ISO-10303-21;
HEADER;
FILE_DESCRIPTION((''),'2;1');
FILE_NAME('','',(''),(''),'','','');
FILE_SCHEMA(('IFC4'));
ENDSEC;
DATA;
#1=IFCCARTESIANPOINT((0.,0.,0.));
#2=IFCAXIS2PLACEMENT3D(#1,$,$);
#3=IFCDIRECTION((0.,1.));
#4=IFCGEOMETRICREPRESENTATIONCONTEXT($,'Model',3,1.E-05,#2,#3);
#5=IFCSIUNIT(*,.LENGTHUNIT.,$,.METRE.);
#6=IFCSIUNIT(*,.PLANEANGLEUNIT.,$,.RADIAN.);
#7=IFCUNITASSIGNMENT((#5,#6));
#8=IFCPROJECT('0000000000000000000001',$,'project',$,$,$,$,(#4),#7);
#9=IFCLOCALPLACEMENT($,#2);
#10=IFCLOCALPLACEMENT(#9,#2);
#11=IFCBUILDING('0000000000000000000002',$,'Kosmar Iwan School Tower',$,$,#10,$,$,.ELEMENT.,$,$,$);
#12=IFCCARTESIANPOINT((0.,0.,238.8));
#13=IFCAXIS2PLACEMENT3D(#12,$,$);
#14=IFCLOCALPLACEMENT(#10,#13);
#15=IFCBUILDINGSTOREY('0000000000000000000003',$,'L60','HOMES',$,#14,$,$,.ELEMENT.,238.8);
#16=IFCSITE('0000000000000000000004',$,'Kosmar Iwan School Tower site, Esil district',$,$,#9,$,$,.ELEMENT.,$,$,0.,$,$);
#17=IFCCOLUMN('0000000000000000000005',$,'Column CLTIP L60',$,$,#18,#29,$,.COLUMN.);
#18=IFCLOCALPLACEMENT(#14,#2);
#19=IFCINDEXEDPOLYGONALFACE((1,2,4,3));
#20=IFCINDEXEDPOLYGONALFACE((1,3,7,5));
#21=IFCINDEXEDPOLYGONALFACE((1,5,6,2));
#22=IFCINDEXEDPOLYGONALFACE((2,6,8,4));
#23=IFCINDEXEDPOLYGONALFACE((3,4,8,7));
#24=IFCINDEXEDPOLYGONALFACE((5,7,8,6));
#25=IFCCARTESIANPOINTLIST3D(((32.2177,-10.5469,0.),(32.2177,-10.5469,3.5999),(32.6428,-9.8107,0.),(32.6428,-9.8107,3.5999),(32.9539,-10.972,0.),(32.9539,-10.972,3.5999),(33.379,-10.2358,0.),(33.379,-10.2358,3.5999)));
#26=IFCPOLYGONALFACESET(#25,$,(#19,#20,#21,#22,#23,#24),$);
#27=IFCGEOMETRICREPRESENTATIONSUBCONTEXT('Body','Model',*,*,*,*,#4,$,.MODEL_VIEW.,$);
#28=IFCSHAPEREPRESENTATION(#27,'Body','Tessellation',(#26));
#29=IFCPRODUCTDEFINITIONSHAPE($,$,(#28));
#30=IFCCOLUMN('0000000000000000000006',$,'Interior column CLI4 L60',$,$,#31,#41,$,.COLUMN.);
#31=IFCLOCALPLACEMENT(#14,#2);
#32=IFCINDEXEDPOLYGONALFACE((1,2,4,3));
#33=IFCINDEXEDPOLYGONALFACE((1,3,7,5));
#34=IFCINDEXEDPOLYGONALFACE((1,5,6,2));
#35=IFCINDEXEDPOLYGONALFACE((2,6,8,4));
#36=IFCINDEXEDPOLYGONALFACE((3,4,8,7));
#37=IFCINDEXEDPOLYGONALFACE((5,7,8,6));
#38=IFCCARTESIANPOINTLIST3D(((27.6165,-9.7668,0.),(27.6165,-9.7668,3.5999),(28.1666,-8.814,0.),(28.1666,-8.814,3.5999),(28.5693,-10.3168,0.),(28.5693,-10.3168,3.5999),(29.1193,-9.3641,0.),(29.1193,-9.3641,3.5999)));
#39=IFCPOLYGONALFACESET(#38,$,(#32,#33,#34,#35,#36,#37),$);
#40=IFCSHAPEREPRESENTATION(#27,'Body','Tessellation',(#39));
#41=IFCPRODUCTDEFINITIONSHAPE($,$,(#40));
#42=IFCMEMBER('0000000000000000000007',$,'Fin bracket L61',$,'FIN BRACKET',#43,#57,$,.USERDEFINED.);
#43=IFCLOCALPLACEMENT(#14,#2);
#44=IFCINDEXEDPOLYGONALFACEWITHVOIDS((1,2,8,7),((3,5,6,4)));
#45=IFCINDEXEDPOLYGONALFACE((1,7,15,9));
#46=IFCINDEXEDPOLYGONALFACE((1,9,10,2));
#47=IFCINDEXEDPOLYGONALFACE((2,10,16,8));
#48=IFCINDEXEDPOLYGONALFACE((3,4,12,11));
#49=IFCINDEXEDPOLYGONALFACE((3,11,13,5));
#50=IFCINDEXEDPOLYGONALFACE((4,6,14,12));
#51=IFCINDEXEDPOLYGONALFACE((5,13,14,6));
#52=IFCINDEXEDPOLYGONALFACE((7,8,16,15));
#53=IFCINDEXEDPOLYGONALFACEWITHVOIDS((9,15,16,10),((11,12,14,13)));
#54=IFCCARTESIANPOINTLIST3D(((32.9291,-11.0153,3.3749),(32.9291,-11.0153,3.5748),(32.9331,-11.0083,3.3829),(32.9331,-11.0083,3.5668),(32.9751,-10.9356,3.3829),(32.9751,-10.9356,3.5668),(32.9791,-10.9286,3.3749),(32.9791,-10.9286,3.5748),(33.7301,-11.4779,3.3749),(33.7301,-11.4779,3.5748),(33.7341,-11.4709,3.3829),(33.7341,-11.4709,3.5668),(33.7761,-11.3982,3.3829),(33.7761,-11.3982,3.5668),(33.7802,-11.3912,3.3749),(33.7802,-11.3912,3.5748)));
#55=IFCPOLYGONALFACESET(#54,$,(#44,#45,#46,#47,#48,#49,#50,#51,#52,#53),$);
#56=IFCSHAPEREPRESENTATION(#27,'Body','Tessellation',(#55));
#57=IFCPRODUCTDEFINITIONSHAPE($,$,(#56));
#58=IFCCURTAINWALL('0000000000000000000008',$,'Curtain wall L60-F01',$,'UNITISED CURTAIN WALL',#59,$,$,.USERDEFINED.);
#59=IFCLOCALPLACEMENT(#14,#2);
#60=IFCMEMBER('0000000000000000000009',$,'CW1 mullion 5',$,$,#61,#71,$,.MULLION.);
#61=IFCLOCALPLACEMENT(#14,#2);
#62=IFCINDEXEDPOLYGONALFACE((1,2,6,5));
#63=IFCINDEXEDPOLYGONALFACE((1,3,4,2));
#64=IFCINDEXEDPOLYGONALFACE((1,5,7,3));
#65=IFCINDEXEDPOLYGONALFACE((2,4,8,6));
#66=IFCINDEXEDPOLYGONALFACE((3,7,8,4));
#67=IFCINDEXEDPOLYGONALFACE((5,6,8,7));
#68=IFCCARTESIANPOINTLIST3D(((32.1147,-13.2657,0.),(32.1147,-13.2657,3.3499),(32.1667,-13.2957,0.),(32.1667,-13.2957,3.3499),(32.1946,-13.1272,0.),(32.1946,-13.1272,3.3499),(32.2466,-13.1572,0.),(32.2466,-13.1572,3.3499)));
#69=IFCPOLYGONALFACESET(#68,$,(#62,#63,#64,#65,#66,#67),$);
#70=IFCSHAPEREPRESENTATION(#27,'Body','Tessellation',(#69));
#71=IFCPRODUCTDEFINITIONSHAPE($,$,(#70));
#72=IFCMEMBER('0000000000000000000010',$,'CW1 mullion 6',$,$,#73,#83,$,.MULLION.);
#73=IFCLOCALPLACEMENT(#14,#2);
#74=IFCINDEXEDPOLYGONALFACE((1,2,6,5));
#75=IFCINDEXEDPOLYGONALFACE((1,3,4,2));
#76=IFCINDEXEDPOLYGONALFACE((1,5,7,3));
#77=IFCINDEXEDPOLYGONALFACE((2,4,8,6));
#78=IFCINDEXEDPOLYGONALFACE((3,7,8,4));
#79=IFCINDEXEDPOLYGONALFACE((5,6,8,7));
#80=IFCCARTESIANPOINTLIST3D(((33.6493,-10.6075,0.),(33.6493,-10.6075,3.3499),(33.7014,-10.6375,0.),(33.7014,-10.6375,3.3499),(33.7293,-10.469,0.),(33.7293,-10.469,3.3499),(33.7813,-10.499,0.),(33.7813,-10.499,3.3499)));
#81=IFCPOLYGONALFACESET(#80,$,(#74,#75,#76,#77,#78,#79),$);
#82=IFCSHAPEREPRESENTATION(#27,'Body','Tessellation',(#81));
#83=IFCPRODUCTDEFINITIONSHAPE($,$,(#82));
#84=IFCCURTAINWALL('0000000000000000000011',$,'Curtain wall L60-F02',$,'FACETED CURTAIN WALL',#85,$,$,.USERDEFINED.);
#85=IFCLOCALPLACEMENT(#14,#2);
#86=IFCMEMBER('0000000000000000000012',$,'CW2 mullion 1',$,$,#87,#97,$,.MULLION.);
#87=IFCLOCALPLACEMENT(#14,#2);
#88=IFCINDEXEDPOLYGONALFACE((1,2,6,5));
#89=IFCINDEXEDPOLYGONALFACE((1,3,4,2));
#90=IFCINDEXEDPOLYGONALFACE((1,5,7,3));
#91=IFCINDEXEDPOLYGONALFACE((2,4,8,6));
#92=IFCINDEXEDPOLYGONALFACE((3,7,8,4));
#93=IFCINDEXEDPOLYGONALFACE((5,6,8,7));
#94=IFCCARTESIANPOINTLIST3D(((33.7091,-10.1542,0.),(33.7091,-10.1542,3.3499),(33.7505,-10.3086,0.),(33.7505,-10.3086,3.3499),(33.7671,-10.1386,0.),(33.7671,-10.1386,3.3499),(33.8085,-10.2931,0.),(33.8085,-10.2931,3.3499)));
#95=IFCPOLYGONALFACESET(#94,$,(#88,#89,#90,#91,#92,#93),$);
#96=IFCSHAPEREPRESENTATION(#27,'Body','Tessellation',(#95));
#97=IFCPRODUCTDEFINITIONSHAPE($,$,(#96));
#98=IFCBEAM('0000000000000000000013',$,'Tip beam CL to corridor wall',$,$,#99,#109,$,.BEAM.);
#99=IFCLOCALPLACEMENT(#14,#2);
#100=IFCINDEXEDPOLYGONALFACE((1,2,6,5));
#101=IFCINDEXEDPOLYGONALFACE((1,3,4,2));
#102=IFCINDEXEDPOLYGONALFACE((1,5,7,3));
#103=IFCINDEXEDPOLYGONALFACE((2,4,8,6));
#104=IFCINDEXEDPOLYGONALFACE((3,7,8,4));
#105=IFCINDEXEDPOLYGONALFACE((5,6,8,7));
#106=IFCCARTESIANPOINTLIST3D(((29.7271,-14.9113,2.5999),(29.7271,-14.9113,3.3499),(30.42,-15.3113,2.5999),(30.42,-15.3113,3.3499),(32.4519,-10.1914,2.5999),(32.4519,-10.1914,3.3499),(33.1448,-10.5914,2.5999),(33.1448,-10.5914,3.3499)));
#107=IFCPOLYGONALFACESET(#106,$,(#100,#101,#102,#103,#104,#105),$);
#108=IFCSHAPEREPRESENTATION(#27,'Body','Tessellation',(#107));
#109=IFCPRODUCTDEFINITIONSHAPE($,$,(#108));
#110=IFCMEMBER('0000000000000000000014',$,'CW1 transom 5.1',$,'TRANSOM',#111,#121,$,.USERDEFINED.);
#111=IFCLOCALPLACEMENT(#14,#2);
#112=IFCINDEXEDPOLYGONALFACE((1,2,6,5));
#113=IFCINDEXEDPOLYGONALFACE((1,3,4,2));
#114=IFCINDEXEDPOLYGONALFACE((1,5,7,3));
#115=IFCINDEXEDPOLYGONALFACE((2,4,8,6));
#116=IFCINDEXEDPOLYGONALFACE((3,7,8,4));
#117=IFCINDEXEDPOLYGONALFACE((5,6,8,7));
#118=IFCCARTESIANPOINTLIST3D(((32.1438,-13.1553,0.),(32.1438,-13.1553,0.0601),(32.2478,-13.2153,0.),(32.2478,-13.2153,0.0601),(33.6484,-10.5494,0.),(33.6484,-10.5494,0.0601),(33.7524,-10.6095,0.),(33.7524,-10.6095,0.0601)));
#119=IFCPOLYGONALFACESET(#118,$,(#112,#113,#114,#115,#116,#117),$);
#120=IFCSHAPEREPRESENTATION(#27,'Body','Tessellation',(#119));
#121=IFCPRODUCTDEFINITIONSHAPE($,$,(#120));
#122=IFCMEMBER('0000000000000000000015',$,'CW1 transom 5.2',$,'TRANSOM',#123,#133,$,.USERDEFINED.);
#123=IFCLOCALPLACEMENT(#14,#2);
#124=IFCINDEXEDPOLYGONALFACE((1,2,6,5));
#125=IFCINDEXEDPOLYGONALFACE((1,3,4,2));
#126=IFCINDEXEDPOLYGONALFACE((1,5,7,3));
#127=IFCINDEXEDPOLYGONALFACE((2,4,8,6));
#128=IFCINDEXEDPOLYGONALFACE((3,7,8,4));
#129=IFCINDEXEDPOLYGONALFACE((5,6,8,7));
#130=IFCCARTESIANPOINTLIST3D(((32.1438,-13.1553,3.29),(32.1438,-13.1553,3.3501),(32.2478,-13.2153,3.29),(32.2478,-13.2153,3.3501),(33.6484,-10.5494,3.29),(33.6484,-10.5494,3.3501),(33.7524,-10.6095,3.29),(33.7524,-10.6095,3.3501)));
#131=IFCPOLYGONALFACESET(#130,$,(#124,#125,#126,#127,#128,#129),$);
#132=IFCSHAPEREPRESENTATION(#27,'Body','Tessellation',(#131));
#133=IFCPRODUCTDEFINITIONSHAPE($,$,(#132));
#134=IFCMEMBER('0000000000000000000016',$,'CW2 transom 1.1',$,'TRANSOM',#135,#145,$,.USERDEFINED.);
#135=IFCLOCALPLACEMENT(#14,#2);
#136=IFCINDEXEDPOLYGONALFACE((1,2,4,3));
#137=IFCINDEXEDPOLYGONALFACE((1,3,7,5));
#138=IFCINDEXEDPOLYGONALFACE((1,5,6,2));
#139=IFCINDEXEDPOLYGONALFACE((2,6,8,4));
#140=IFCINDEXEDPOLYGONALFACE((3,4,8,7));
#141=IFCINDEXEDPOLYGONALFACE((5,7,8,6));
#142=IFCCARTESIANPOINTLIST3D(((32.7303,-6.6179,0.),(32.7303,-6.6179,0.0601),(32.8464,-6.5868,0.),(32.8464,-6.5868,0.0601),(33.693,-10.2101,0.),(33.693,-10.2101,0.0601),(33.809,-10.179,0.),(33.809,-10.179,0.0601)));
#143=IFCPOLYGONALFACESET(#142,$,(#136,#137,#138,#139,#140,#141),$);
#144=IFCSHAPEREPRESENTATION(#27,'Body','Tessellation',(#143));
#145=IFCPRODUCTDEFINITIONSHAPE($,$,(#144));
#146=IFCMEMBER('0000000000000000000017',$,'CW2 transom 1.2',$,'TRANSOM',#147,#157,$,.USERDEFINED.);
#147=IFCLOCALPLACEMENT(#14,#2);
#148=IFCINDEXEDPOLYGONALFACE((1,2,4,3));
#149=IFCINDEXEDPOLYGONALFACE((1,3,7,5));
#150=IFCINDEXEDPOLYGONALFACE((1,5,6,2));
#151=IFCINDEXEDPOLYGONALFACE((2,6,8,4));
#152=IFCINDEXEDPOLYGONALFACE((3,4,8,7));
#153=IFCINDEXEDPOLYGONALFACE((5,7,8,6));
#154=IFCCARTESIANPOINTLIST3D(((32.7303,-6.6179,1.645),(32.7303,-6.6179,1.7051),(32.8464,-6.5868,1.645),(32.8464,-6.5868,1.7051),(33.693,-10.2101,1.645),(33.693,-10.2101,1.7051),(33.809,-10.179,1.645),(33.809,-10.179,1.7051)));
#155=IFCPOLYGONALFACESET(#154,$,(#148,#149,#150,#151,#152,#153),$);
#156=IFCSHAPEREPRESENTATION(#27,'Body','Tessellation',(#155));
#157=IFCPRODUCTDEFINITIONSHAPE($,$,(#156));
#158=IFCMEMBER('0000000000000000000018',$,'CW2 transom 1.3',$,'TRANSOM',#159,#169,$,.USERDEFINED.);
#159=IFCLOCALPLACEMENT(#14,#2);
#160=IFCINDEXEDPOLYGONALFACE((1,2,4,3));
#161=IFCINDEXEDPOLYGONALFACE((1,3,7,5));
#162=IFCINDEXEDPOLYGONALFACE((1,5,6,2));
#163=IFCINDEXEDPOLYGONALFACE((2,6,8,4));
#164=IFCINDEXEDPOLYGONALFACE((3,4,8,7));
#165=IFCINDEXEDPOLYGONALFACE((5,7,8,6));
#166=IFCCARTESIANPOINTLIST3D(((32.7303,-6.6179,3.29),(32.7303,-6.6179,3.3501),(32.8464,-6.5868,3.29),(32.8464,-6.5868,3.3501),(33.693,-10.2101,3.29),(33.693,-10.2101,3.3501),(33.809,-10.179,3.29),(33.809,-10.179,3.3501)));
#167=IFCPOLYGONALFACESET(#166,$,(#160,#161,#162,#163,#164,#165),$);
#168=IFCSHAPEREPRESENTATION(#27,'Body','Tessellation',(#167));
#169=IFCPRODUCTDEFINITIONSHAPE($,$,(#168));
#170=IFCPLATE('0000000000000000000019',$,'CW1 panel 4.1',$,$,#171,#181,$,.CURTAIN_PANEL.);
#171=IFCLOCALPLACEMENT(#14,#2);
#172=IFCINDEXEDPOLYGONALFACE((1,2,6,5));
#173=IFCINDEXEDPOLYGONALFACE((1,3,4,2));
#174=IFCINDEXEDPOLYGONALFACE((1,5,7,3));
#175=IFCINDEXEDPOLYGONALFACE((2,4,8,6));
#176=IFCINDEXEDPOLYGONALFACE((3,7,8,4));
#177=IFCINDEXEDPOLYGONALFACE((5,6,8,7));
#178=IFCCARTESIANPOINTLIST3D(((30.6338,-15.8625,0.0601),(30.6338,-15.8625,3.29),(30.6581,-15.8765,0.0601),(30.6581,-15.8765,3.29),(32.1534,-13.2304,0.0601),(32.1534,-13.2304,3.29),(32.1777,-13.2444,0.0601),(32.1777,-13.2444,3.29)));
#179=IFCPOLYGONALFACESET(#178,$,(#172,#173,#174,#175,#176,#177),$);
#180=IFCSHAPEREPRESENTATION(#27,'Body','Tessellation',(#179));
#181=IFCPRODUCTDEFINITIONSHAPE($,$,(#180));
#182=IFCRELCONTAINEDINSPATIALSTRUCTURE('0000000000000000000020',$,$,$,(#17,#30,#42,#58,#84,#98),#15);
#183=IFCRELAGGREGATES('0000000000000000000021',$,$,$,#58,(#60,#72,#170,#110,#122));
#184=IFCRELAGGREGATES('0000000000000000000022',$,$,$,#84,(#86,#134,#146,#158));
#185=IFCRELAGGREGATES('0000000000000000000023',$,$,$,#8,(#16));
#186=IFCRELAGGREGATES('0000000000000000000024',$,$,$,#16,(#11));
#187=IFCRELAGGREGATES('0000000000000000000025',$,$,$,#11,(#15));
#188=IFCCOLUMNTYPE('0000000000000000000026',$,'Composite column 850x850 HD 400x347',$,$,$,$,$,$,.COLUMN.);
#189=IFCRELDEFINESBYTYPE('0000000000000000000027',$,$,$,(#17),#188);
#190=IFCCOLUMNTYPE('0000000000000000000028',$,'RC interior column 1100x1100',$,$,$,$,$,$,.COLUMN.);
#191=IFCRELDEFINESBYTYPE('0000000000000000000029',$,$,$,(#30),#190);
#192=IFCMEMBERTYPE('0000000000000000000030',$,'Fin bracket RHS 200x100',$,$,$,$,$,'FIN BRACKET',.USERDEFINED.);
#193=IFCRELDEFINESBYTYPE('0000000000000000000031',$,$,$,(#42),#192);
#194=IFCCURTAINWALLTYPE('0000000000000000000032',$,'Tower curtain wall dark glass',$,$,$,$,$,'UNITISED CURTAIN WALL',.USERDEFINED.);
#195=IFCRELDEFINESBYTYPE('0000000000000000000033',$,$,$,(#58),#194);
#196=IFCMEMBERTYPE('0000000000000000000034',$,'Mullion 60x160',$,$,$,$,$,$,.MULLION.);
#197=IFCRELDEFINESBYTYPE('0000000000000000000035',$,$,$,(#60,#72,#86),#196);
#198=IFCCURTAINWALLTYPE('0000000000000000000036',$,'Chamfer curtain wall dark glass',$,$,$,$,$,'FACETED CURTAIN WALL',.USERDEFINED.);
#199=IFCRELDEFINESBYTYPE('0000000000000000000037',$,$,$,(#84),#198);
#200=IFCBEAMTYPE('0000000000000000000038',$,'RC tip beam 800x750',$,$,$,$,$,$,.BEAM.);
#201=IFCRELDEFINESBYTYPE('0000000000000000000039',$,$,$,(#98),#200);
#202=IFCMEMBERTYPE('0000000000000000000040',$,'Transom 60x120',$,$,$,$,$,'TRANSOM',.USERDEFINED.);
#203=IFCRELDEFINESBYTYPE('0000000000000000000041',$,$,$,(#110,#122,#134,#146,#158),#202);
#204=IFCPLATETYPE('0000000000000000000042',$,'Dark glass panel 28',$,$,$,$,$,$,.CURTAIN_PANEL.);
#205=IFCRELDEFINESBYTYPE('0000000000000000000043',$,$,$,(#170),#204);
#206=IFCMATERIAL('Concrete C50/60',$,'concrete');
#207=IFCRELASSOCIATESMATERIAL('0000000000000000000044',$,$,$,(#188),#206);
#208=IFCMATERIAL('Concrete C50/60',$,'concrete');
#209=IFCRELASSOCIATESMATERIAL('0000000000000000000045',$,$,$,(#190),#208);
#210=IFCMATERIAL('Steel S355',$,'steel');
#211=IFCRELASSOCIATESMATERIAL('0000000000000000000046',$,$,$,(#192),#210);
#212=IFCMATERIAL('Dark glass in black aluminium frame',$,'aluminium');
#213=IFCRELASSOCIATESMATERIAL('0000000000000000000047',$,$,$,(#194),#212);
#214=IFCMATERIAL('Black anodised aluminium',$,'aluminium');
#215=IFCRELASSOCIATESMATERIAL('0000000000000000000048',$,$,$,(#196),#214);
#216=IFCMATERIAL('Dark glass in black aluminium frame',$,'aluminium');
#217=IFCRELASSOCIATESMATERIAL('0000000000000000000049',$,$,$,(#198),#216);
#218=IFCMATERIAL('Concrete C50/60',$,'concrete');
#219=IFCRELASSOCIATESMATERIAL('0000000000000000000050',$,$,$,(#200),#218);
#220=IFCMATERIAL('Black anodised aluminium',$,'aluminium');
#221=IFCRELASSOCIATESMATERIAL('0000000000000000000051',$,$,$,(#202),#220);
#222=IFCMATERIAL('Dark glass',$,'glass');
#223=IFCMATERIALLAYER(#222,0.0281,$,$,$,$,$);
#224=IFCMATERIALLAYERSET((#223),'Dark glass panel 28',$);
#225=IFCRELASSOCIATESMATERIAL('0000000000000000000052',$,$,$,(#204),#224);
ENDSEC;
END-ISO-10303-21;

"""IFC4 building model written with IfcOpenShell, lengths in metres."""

from ifc_helpers import new_model, si_unit, direction, frame, origin, origin_2d, place, context, subcontext, project, spatial, rectangle, hollow_rectangle, extrude, material, layer, layer_set, material_profile, profile_set, type_object, element, aggregate, save


model = new_model("IFC4")

# Units and contexts
model_context = context("Model", 3, precision=1e-05, world=origin(), true_north=direction((0.0, 1.0)))
body_context = subcontext(model_context, "Body", "Model", "MODEL_VIEW")
ifc_project = project(units=[si_unit("LENGTHUNIT", "METRE"), si_unit("PLANEANGLEUNIT", "RADIAN")], contexts=[model_context])

# Site, building, storey
site_placement = place(None, origin())
site = spatial("IfcSite", under=ifc_project, at=site_placement, Name="Kosmar Iwan School Tower site, Esil district", CompositionType="ELEMENT", RefElevation=0.0)
building_placement = place(site_placement, origin())
building = spatial("IfcBuilding", under=site, at=building_placement, Name="Kosmar Iwan School Tower", CompositionType="ELEMENT")
storey_placement = place(building_placement, frame((0.0, 0.0, 238.8)))
storey = spatial("IfcBuildingStorey", under=building, at=storey_placement, Name="L60", Description="HOMES", CompositionType="ELEMENT", Elevation=238.8)

# Columns
ifc_material_1 = material(Name="Concrete C50/60", Category="concrete")
ifc_material_profile_1 = material_profile(ifc_material_1, rectangle(XDim=0.8501, YDim=0.8501, at=origin_2d()), Name="RC 850x850 + HD 400x347")
ifc_profile_set_1 = profile_set([ifc_material_profile_1], Name="Concrete C50/60")
column_type_1 = type_object("IfcColumnType", Name="Composite column 850x850 HD 400x347", PredefinedType="COLUMN", material=ifc_profile_set_1)
column_1_placement = place(storey_placement, frame((32.7983, -10.3914, 0.0), z_axis=(0.0, 0.0, 1.0), x_axis=(0.866025, -0.5, 0.0)))
element("IfcColumn", 1, at=column_1_placement, inside=storey, type_object=column_type_1, Name="Column CLTIP L60", PredefinedType="COLUMN", context=body_context, shape_type="SweptSolid", body=[
    extrude(rectangle(XDim=0.8501, YDim=0.8501, at=origin_2d()), origin(), (0.0, 0.0, 1.0), 3.5999),
])
ifc_material_2 = material(Name="Concrete C50/60", Category="concrete")
ifc_material_profile_2 = material_profile(ifc_material_2, rectangle(XDim=1.1001, YDim=1.1001, at=origin_2d()), Name="RC 1100x1100")
ifc_profile_set_2 = profile_set([ifc_material_profile_2], Name="Concrete C50/60")
column_type_2 = type_object("IfcColumnType", Name="RC interior column 1100x1100", PredefinedType="COLUMN", material=ifc_profile_set_2)
column_2_placement = place(storey_placement, frame((28.3679, -9.5654, 0.0), z_axis=(0.0, 0.0, 1.0), x_axis=(0.866025, -0.5, 0.0)))
element("IfcColumn", 2, at=column_2_placement, inside=storey, type_object=column_type_2, Name="Interior column CLI4 L60", PredefinedType="COLUMN", context=body_context, shape_type="SweptSolid", body=[
    extrude(rectangle(XDim=1.1001, YDim=1.1001, at=origin_2d()), origin(), (0.0, 0.0, 1.0), 3.5999),
])

# Member
ifc_material_3 = material(Name="Steel S355", Category="steel")
ifc_material_profile_3 = material_profile(ifc_material_3, hollow_rectangle(XDim=0.1001, YDim=0.2, WallThickness=0.0081, at=origin_2d()), Name="RHS 200x100x8")
ifc_profile_set_3 = profile_set([ifc_material_profile_3], Name="Steel S355")
member_type_1 = type_object("IfcMemberType", Name="Fin bracket RHS 200x100", ElementType="FIN BRACKET", PredefinedType="USERDEFINED", material=ifc_profile_set_3)
member_1_placement = place(storey_placement, frame((32.9541, -10.9719, 3.4749), z_axis=(0.865944, -0.500141, 0.0), x_axis=(0.500141, 0.865944, 0.0)))
element("IfcMember", 3, at=member_1_placement, inside=storey, type_object=member_type_1, Name="Fin bracket L61", ObjectType="FIN BRACKET", PredefinedType="USERDEFINED", context=body_context, shape_type="SweptSolid", body=[
    extrude(hollow_rectangle(XDim=0.1001, YDim=0.2, WallThickness=0.0081, at=origin_2d()), origin(), (0.0, 0.0, 1.0), 0.925),
])

# Curtain wall, members
ifc_material_4 = material(Name="Dark glass in black aluminium frame", Category="aluminium")
curtain_wall_type_1 = type_object("IfcCurtainWallType", Name="Tower curtain wall dark glass", ElementType="UNITISED CURTAIN WALL", PredefinedType="USERDEFINED", material=ifc_material_4)
curtain_wall_1_placement = place(storey_placement, origin())
curtain_wall_1 = element("IfcCurtainWall", 4, at=curtain_wall_1_placement, inside=storey, type_object=curtain_wall_type_1, Name="Curtain wall L60-F01", ObjectType="UNITISED CURTAIN WALL", PredefinedType="USERDEFINED")
ifc_material_5 = material(Name="Black anodised aluminium", Category="aluminium")
ifc_material_profile_4 = material_profile(ifc_material_5, rectangle(XDim=0.0601, YDim=0.1599, at=origin_2d()), Name="MULLION 60x160")
ifc_profile_set_4 = profile_set([ifc_material_profile_4], Name="Black anodised aluminium")
member_type_2 = type_object("IfcMemberType", Name="Mullion 60x160", PredefinedType="MULLION", material=ifc_profile_set_4)
member_2_placement = place(storey_placement, frame((32.1807, -13.2114, 0.0), z_axis=(0.0, 0.0, 1.0), x_axis=(-0.866025, 0.5, 0.0)))
member_2 = element("IfcMember", 5, at=member_2_placement, type_object=member_type_2, Name="CW1 mullion 5", PredefinedType="MULLION", context=body_context, shape_type="SweptSolid", body=[
    extrude(rectangle(XDim=0.0601, YDim=0.1599, at=origin_2d()), origin(), (0.0, 0.0, 1.0), 3.3499),
])
member_3_placement = place(storey_placement, frame((33.7153, -10.5532, 0.0), z_axis=(0.0, 0.0, 1.0), x_axis=(-0.866025, 0.5, 0.0)))
member_3 = element("IfcMember", 6, at=member_3_placement, type_object=member_type_2, Name="CW1 mullion 6", PredefinedType="MULLION", context=body_context, shape_type="SweptSolid", body=[
    extrude(rectangle(XDim=0.0601, YDim=0.1599, at=origin_2d()), origin(), (0.0, 0.0, 1.0), 3.3499),
])

# Curtain wall, member
ifc_material_6 = material(Name="Dark glass in black aluminium frame", Category="aluminium")
curtain_wall_type_2 = type_object("IfcCurtainWallType", Name="Chamfer curtain wall dark glass", ElementType="FACETED CURTAIN WALL", PredefinedType="USERDEFINED", material=ifc_material_6)
curtain_wall_2_placement = place(storey_placement, origin())
curtain_wall_2 = element("IfcCurtainWall", 7, at=curtain_wall_2_placement, inside=storey, type_object=curtain_wall_type_2, Name="Curtain wall L60-F02", ObjectType="FACETED CURTAIN WALL", PredefinedType="USERDEFINED")
member_4_placement = place(storey_placement, frame((33.7588, -10.2236, 0.0), z_axis=(0.0, 0.0, 1.0), x_axis=(-0.965926, -0.258819, 0.0)))
member_4 = element("IfcMember", 8, at=member_4_placement, type_object=member_type_2, Name="CW2 mullion 1", PredefinedType="MULLION", context=body_context, shape_type="SweptSolid", body=[
    extrude(rectangle(XDim=0.0601, YDim=0.1599, at=origin_2d()), origin(), (0.0, 0.0, 1.0), 3.3499),
])

# Beam
ifc_material_7 = material(Name="Concrete C50/60", Category="concrete")
ifc_material_profile_5 = material_profile(ifc_material_7, rectangle(XDim=0.8, YDim=0.75, at=origin_2d()), Name="RC 800x750")
ifc_profile_set_5 = profile_set([ifc_material_profile_5], Name="Concrete C50/60")
beam_type = type_object("IfcBeamType", Name="RC tip beam 800x750", PredefinedType="BEAM", material=ifc_profile_set_5)
beam_placement = place(storey_placement, frame((32.7983, -10.3914, 2.9749), z_axis=(-0.499969, -0.866043, 0.0), x_axis=(0.866043, -0.499969, 0.0)))
element("IfcBeam", 9, at=beam_placement, inside=storey, type_object=beam_type, Name="Tip beam CL to corridor wall", PredefinedType="BEAM", context=body_context, shape_type="SweptSolid", body=[
    extrude(rectangle(XDim=0.8, YDim=0.75, at=origin_2d()), origin(), (0.0, 0.0, 1.0), 5.45),
])

# Members
ifc_material_8 = material(Name="Black anodised aluminium", Category="aluminium")
ifc_material_profile_6 = material_profile(ifc_material_8, rectangle(XDim=0.1201, YDim=0.0601, at=origin_2d()), Name="TRANSOM 60x120")
ifc_profile_set_6 = profile_set([ifc_material_profile_6], Name="Black anodised aluminium")
member_type_3 = type_object("IfcMemberType", Name="Transom 60x120", ElementType="TRANSOM", PredefinedType="USERDEFINED", material=ifc_profile_set_6)
member_5_placement = place(storey_placement, frame((32.1958, -13.1853, 0.03), z_axis=(0.500022, 0.866013, 0.0), x_axis=(-0.866013, 0.500022, 0.0)))
member_5 = element("IfcMember", 10, at=member_5_placement, type_object=member_type_3, Name="CW1 transom 5.1", ObjectType="TRANSOM", PredefinedType="USERDEFINED", context=body_context, shape_type="SweptSolid", body=[
    extrude(rectangle(XDim=0.1201, YDim=0.0601, at=origin_2d()), origin(), (0.0, 0.0, 1.0), 3.009),
])
member_6_placement = place(storey_placement, frame((32.1958, -13.1853, 3.3201), z_axis=(0.500022, 0.866013, 0.0), x_axis=(-0.866013, 0.500022, 0.0)))
member_6 = element("IfcMember", 11, at=member_6_placement, type_object=member_type_3, Name="CW1 transom 5.2", ObjectType="TRANSOM", PredefinedType="USERDEFINED", context=body_context, shape_type="SweptSolid", body=[
    extrude(rectangle(XDim=0.1201, YDim=0.0601, at=origin_2d()), origin(), (0.0, 0.0, 1.0), 3.009),
])
member_7_placement = place(storey_placement, frame((33.751, -10.1946, 0.03), z_axis=(-0.258843, 0.965919, 0.0), x_axis=(-0.965919, -0.258843, 0.0)))
member_7 = element("IfcMember", 12, at=member_7_placement, type_object=member_type_3, Name="CW2 transom 1.1", ObjectType="TRANSOM", PredefinedType="USERDEFINED", context=body_context, shape_type="SweptSolid", body=[
    extrude(rectangle(XDim=0.1201, YDim=0.0601, at=origin_2d()), origin(), (0.0, 0.0, 1.0), 3.719),
])
member_8_placement = place(storey_placement, frame((33.751, -10.1946, 1.675), z_axis=(-0.258843, 0.965919, 0.0), x_axis=(-0.965919, -0.258843, 0.0)))
member_8 = element("IfcMember", 13, at=member_8_placement, type_object=member_type_3, Name="CW2 transom 1.2", ObjectType="TRANSOM", PredefinedType="USERDEFINED", context=body_context, shape_type="SweptSolid", body=[
    extrude(rectangle(XDim=0.1201, YDim=0.0601, at=origin_2d()), origin(), (0.0, 0.0, 1.0), 3.719),
])
member_9_placement = place(storey_placement, frame((33.751, -10.1946, 3.3201), z_axis=(-0.258843, 0.965919, 0.0), x_axis=(-0.965919, -0.258843, 0.0)))
member_9 = element("IfcMember", 14, at=member_9_placement, type_object=member_type_3, Name="CW2 transom 1.3", ObjectType="TRANSOM", PredefinedType="USERDEFINED", context=body_context, shape_type="SweptSolid", body=[
    extrude(rectangle(XDim=0.1201, YDim=0.0601, at=origin_2d()), origin(), (0.0, 0.0, 1.0), 3.719),
])

# Plate
ifc_material_9 = material(Name="Dark glass", Category="glass")
ifc_layer_1 = layer(ifc_material_9, 0.0281)
ifc_layer_set_1 = layer_set([ifc_layer_1], Name="Dark glass panel 28")
plate_type = type_object("IfcPlateType", Name="Dark glass panel 28", PredefinedType="CURTAIN_PANEL", material=ifc_layer_set_1)
plate_1_placement = place(storey_placement, frame((31.4058, -14.5535, 0.0601), z_axis=(0.0, 0.0, 1.0), x_axis=(0.5, 0.866025, 0.0)))
plate_1 = element("IfcPlate", 15, at=plate_1_placement, type_object=plate_type, Name="CW1 panel 4.1", PredefinedType="CURTAIN_PANEL", context=body_context, shape_type="SweptSolid", body=[
    extrude(rectangle(XDim=3.0393, YDim=0.0281, at=origin_2d()), origin(), (0.0, 0.0, 1.0), 3.23),
])
aggregate(curtain_wall_1, [member_2, member_3, plate_1, member_5, member_6])
aggregate(curtain_wall_2, [member_4, member_7, member_8, member_9])

save(model, "model.ifc")
